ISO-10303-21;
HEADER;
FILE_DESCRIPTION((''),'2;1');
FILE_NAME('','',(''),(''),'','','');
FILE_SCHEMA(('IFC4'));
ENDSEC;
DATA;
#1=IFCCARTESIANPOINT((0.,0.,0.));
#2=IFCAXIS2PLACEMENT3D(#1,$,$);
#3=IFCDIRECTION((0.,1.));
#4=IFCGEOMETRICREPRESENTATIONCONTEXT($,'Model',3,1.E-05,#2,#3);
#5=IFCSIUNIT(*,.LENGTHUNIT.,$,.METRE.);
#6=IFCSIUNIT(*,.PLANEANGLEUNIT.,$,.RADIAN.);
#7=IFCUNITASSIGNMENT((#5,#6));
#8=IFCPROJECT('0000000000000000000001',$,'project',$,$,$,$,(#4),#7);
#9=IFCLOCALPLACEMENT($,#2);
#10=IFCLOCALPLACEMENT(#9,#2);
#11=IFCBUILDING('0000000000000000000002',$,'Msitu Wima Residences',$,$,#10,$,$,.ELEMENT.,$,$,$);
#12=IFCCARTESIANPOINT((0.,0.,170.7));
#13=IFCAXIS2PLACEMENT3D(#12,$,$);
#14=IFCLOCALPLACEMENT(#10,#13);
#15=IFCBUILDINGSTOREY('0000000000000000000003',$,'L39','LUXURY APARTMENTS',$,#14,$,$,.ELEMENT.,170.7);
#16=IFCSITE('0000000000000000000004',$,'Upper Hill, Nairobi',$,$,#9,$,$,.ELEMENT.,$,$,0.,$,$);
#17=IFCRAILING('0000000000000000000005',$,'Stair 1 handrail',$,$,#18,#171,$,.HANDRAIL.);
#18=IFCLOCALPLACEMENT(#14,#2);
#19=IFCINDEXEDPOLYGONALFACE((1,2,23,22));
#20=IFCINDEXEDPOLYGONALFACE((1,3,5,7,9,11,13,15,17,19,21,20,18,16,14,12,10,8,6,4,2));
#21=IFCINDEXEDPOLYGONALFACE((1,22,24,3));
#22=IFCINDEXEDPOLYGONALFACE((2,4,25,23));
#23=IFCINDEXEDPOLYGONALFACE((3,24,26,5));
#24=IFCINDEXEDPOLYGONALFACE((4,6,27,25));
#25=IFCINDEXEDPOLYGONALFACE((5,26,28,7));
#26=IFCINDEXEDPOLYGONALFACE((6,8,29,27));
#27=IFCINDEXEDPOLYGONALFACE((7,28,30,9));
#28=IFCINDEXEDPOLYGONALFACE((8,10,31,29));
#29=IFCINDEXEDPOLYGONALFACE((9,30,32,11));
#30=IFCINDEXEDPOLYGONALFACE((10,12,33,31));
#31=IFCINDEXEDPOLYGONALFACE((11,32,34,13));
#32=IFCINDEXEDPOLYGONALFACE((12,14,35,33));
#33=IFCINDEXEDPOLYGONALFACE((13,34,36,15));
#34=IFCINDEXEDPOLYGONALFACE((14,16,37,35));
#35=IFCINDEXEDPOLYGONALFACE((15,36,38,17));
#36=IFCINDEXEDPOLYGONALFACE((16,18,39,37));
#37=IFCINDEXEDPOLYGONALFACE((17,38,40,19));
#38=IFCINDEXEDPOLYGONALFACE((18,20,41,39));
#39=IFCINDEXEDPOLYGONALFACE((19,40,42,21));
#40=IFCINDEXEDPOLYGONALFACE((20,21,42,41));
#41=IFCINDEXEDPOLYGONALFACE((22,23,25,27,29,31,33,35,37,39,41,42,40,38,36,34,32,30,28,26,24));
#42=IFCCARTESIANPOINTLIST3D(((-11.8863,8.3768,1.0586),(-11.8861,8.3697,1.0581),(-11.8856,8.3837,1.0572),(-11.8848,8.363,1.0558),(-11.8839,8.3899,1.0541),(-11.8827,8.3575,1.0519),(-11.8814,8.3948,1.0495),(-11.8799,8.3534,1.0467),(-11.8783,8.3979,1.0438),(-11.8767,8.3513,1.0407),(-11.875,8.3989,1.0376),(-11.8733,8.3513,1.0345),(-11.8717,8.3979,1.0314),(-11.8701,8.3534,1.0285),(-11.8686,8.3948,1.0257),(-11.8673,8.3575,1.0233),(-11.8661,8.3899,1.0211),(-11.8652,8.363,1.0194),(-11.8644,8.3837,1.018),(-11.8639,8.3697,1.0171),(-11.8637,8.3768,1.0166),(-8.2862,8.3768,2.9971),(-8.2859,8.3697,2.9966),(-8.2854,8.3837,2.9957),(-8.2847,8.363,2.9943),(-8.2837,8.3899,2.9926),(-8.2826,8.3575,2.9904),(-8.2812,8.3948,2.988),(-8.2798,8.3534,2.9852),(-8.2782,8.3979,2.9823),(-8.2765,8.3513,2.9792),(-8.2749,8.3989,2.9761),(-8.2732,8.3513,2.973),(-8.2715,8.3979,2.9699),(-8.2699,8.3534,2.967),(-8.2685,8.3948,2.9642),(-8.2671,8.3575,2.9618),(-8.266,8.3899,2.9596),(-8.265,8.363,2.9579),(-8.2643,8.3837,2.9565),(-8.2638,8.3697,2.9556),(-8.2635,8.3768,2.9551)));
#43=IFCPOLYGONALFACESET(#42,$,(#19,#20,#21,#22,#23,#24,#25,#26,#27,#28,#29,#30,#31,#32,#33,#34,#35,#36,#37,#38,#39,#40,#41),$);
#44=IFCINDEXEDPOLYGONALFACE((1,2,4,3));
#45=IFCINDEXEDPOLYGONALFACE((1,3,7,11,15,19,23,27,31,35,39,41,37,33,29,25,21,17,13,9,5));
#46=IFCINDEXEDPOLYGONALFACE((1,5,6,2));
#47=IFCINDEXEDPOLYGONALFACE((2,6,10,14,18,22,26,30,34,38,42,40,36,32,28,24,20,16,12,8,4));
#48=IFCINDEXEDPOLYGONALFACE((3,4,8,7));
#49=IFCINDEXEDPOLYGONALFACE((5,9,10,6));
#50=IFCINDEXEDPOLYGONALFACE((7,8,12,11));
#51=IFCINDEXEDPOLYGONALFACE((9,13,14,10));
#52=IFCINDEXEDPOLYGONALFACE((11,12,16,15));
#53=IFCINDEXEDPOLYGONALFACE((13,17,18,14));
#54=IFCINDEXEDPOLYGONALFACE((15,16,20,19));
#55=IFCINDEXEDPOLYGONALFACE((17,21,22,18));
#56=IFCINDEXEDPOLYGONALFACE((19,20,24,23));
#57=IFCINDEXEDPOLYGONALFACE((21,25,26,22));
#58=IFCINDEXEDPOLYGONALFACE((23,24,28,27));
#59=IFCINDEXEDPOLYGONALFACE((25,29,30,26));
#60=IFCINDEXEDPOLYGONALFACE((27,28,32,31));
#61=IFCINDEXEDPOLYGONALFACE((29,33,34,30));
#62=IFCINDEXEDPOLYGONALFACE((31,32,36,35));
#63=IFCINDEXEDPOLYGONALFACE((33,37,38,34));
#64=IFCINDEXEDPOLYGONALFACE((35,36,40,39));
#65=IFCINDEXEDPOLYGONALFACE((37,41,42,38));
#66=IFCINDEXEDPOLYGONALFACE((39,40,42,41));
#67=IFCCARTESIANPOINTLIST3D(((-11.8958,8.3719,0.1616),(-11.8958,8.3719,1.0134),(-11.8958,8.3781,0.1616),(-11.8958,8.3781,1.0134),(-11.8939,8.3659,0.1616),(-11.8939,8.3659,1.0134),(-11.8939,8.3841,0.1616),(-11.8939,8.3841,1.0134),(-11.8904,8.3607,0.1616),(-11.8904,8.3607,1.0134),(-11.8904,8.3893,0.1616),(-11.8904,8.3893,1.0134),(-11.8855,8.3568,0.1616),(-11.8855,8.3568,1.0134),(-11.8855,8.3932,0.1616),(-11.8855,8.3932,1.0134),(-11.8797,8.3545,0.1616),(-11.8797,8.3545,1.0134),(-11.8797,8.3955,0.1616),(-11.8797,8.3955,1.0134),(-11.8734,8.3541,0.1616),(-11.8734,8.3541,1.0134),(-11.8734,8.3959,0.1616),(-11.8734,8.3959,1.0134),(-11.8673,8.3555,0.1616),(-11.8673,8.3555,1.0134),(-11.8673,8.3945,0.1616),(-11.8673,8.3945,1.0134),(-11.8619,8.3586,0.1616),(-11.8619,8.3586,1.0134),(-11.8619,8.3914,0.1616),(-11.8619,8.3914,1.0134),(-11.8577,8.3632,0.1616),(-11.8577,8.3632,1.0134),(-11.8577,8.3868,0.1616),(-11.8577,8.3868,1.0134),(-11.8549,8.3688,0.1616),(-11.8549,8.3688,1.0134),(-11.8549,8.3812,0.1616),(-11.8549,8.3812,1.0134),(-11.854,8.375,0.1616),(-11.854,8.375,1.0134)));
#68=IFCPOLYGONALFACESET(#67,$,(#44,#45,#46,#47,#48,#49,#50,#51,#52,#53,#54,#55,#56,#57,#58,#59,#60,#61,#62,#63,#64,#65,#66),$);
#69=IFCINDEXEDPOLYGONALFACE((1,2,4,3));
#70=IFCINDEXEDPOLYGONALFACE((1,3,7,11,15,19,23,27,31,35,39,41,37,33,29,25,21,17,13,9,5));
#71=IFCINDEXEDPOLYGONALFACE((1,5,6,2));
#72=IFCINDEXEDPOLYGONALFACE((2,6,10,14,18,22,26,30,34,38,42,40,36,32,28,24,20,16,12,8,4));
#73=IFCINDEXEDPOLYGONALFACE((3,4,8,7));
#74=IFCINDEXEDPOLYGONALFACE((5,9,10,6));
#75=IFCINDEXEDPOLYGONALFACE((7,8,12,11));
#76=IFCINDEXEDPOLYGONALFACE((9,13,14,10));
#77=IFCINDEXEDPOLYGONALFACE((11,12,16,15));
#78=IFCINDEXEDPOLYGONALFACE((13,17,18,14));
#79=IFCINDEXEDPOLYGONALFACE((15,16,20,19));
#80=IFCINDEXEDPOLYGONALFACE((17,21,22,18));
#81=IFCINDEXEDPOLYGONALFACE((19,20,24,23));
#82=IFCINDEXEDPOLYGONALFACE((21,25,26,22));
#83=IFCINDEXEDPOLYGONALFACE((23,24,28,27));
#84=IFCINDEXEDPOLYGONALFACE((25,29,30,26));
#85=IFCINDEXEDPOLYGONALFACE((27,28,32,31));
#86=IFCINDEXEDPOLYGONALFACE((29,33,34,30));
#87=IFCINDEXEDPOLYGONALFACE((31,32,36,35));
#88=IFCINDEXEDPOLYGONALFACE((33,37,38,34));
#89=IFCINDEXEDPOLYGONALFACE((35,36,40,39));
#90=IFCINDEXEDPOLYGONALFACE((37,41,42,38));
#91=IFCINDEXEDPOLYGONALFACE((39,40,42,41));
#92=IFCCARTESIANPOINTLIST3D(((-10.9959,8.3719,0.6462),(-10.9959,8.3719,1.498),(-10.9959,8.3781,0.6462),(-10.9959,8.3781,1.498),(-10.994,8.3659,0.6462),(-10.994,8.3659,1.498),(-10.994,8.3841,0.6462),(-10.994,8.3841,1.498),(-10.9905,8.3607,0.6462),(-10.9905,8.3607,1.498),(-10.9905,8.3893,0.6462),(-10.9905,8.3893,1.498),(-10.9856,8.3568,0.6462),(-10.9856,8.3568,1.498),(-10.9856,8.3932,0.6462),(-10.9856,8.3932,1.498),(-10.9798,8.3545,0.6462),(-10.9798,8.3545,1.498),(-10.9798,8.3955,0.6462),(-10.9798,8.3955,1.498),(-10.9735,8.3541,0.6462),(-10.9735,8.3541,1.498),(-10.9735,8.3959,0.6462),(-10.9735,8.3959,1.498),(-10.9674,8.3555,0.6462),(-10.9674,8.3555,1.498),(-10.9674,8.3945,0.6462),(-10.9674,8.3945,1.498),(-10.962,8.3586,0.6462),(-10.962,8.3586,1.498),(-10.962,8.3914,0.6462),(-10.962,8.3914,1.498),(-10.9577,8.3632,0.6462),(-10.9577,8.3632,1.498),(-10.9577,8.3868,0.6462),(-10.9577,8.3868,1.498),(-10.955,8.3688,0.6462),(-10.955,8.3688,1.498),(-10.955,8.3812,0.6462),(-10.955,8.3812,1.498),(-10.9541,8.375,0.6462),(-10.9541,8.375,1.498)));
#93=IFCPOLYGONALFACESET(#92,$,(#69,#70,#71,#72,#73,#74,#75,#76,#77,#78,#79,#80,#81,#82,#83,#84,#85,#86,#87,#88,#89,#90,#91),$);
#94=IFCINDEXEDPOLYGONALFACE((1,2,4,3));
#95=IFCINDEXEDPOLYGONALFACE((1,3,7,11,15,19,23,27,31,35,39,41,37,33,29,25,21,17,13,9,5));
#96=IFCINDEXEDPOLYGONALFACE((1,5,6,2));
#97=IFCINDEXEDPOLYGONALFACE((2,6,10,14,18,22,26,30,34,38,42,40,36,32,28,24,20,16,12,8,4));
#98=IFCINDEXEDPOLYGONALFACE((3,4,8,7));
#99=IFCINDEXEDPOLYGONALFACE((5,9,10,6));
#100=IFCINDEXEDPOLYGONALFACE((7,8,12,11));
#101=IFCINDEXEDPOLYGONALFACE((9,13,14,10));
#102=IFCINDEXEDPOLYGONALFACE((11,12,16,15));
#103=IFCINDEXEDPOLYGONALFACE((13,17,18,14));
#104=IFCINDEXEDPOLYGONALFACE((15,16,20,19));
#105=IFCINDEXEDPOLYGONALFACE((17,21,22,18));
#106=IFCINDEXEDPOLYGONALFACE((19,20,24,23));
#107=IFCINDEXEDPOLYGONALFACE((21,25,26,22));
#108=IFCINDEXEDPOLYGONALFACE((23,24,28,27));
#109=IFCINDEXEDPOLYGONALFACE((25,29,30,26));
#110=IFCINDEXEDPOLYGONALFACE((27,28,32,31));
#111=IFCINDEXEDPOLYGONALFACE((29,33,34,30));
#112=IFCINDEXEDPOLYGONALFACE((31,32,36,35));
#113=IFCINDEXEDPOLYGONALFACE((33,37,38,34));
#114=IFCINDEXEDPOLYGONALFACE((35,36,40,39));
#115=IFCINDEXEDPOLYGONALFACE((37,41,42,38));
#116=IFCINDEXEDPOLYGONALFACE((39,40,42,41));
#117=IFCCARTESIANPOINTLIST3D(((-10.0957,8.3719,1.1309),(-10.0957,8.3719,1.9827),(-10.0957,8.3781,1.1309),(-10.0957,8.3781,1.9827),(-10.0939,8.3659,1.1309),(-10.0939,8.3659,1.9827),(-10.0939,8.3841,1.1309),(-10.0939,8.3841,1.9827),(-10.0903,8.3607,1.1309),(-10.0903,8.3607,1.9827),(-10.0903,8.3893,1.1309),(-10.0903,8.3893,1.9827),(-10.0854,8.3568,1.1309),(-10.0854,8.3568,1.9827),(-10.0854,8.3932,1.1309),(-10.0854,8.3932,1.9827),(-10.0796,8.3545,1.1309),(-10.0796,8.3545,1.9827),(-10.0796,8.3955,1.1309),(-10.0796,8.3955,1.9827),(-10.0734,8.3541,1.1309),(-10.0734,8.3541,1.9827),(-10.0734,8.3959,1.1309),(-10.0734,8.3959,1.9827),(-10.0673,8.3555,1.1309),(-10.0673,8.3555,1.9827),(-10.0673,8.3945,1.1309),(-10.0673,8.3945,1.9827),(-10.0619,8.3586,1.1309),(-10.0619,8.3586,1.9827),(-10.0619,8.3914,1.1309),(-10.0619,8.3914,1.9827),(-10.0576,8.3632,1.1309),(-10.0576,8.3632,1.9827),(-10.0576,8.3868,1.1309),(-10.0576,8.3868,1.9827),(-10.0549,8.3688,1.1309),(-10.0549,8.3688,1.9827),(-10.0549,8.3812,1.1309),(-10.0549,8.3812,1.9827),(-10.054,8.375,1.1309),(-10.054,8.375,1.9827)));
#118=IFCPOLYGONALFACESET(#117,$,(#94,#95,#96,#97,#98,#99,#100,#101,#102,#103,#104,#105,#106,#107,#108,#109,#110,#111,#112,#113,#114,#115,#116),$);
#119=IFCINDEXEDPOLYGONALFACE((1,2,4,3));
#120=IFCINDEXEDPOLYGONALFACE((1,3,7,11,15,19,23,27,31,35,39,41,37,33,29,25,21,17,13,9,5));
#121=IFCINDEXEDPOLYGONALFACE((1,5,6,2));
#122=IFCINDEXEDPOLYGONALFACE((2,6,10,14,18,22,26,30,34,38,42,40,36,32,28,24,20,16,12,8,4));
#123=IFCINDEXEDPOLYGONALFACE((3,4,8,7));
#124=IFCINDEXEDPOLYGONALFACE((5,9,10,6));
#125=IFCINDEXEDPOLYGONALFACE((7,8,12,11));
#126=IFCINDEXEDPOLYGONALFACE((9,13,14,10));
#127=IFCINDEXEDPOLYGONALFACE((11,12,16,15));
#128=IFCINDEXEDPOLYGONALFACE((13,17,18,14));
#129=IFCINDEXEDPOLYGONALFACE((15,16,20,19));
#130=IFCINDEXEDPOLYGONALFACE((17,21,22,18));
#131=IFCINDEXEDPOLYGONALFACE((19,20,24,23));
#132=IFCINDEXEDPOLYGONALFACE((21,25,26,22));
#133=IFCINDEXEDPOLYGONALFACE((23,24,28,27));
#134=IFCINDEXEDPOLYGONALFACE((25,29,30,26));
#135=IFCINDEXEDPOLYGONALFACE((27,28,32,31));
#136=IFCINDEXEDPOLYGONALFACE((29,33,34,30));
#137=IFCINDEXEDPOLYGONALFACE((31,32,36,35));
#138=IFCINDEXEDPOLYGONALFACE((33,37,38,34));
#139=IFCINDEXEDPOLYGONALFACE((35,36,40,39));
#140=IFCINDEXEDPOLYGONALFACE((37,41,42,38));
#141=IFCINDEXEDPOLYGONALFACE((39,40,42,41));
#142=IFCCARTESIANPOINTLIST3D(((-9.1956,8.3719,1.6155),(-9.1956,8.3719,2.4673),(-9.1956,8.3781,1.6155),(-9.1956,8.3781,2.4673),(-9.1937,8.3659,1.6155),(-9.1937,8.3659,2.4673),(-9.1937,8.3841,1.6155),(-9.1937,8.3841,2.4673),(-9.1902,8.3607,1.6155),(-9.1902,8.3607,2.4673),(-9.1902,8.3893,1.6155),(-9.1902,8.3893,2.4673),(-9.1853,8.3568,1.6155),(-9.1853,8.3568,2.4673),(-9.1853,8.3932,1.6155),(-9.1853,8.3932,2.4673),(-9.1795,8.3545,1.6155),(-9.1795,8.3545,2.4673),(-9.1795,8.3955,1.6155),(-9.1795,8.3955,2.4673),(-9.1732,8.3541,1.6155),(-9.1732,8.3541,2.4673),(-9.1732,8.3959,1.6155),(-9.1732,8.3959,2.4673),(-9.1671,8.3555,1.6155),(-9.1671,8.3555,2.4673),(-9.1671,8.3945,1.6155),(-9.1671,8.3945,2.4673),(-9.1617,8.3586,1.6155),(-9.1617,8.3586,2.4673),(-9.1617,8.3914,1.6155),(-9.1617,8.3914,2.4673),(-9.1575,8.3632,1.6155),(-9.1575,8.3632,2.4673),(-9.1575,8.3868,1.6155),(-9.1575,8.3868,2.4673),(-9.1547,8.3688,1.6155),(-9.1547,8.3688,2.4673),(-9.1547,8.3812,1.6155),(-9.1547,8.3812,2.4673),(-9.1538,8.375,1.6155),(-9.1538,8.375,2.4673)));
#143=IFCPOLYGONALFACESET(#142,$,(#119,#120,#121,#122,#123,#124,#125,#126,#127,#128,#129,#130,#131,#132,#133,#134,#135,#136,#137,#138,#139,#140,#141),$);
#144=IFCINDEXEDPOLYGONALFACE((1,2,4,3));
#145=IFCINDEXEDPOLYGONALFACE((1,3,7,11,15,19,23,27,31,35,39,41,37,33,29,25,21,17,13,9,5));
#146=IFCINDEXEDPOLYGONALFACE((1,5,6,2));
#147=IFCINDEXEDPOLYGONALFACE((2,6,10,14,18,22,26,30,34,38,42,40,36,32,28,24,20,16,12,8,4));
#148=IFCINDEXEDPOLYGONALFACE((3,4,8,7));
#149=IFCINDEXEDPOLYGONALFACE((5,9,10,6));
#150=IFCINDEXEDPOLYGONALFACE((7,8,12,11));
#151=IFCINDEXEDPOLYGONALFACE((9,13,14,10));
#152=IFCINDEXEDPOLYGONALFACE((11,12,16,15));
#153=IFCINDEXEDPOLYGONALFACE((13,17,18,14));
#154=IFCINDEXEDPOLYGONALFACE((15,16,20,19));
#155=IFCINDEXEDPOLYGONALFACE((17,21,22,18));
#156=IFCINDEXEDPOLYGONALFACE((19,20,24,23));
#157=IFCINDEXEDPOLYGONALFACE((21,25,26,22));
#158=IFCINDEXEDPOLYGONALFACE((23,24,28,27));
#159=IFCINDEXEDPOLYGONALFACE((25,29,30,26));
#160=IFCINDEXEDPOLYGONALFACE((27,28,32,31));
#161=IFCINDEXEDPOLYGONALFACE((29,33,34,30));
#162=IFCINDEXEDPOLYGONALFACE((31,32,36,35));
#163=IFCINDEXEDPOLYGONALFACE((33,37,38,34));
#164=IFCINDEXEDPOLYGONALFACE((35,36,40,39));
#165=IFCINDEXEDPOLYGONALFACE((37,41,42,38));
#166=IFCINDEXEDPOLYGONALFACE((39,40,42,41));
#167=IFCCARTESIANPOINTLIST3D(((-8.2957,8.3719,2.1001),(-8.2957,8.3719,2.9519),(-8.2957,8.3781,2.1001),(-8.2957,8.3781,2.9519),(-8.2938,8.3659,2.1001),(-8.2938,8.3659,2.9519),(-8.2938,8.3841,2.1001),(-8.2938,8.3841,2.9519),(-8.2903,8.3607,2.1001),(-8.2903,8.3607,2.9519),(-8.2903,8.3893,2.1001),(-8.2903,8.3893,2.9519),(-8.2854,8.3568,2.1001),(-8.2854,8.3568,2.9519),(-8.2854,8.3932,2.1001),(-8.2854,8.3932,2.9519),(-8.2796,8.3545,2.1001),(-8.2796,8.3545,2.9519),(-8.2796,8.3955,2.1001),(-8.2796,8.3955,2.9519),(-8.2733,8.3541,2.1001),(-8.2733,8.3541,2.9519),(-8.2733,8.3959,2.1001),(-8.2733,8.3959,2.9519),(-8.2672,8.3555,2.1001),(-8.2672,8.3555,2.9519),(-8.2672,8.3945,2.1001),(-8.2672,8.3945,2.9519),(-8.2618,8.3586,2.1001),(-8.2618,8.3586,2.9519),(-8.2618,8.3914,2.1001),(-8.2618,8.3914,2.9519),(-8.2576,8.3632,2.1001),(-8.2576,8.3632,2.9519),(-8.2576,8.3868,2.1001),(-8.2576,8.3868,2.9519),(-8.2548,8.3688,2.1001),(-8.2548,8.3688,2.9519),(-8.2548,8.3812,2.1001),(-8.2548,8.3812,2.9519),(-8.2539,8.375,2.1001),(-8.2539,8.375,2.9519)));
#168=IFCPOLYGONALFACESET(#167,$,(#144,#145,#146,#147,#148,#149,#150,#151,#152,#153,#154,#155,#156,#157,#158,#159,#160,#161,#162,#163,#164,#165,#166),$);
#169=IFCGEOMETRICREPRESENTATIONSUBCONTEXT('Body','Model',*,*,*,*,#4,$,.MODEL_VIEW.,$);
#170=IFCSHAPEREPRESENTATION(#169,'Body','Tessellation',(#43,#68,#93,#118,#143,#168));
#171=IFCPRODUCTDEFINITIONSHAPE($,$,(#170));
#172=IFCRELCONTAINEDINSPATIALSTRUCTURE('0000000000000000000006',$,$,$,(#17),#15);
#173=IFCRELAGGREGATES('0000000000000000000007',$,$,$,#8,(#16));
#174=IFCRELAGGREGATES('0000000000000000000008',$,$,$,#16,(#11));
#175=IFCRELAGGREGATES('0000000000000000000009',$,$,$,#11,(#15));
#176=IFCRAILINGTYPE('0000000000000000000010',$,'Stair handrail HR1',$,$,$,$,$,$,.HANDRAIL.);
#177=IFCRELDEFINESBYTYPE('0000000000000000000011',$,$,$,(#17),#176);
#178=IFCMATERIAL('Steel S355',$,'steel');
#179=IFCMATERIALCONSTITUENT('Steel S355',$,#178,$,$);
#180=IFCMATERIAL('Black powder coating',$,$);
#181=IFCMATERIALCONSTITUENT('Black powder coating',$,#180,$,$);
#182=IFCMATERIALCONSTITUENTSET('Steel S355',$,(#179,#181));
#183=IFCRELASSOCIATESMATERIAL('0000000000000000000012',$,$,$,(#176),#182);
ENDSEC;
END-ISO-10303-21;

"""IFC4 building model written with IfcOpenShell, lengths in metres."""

from ifc_helpers import new_model, si_unit, direction, frame, origin, origin_2d, place, context, subcontext, project, spatial, circle, extrude, material, constituent, constituent_set, type_object, element, save


model = new_model("IFC4")

# Units and contexts
model_context = context("Model", 3, precision=1e-05, world=origin(), true_north=direction((0.0, 1.0)))
body_context = subcontext(model_context, "Body", "Model", "MODEL_VIEW")
ifc_project = project(units=[si_unit("LENGTHUNIT", "METRE"), si_unit("PLANEANGLEUNIT", "RADIAN")], contexts=[model_context])

# Site, building, storey
site_placement = place(None, origin())
site = spatial("IfcSite", under=ifc_project, at=site_placement, Name="Upper Hill, Nairobi", CompositionType="ELEMENT", RefElevation=0.0)
building_placement = place(site_placement, origin())
building = spatial("IfcBuilding", under=site, at=building_placement, Name="Msitu Wima Residences", CompositionType="ELEMENT")
storey_placement = place(building_placement, frame((0.0, 0.0, 170.7)))
storey = spatial("IfcBuildingStorey", under=building, at=storey_placement, Name="L39", Description="LUXURY APARTMENTS", CompositionType="ELEMENT", Elevation=170.7)

# Railing
ifc_material_1 = material(Name="Steel S355", Category="steel")
ifc_constituent_1 = constituent(ifc_material_1, Name="Steel S355")
ifc_material_2 = material(Name="Black powder coating")
ifc_constituent_2 = constituent(ifc_material_2, Name="Black powder coating")
ifc_constituent_set = constituent_set(constituents=[ifc_constituent_1, ifc_constituent_2], Name="Steel S355")
railing_type = type_object("IfcRailingType", Name="Stair handrail HR1", PredefinedType="HANDRAIL", material=ifc_constituent_set)
for number, where, name in (
    (1, (-11.875, 8.375, 0.1616), "Stair 1 handrail"),
):
    element("IfcRailing", number, at=place(storey_placement, frame(where)), inside=storey, type_object=railing_type, Name=name, PredefinedType="HANDRAIL", context=body_context, shape_type="SweptSolid", body=[
        extrude(circle(Radius=0.0239, at=origin_2d()), frame((0.0, 0.0, 0.876), z_axis=(0.880475, 0.0, 0.474093), x_axis=(0.0, 1.0, 0.0)), (0.0, 0.0, 1.0), 4.0889),
        extrude(circle(Radius=0.021, at=origin_2d()), origin(), (0.0, 0.0, 1.0), 0.8518),
        extrude(circle(Radius=0.021, at=origin_2d()), frame((0.8999, 0.0, 0.4846)), (0.0, 0.0, 1.0), 0.8518),
        extrude(circle(Radius=0.021, at=origin_2d()), frame((1.8, 0.0, 0.9692)), (0.0, 0.0, 1.0), 0.8518),
        extrude(circle(Radius=0.021, at=origin_2d()), frame((2.7002, 0.0, 1.4539)), (0.0, 0.0, 1.0), 0.8518),
        extrude(circle(Radius=0.021, at=origin_2d()), frame((3.6001, 0.0, 1.9385)), (0.0, 0.0, 1.0), 0.8518),
    ])

save(model, "model.ifc")
